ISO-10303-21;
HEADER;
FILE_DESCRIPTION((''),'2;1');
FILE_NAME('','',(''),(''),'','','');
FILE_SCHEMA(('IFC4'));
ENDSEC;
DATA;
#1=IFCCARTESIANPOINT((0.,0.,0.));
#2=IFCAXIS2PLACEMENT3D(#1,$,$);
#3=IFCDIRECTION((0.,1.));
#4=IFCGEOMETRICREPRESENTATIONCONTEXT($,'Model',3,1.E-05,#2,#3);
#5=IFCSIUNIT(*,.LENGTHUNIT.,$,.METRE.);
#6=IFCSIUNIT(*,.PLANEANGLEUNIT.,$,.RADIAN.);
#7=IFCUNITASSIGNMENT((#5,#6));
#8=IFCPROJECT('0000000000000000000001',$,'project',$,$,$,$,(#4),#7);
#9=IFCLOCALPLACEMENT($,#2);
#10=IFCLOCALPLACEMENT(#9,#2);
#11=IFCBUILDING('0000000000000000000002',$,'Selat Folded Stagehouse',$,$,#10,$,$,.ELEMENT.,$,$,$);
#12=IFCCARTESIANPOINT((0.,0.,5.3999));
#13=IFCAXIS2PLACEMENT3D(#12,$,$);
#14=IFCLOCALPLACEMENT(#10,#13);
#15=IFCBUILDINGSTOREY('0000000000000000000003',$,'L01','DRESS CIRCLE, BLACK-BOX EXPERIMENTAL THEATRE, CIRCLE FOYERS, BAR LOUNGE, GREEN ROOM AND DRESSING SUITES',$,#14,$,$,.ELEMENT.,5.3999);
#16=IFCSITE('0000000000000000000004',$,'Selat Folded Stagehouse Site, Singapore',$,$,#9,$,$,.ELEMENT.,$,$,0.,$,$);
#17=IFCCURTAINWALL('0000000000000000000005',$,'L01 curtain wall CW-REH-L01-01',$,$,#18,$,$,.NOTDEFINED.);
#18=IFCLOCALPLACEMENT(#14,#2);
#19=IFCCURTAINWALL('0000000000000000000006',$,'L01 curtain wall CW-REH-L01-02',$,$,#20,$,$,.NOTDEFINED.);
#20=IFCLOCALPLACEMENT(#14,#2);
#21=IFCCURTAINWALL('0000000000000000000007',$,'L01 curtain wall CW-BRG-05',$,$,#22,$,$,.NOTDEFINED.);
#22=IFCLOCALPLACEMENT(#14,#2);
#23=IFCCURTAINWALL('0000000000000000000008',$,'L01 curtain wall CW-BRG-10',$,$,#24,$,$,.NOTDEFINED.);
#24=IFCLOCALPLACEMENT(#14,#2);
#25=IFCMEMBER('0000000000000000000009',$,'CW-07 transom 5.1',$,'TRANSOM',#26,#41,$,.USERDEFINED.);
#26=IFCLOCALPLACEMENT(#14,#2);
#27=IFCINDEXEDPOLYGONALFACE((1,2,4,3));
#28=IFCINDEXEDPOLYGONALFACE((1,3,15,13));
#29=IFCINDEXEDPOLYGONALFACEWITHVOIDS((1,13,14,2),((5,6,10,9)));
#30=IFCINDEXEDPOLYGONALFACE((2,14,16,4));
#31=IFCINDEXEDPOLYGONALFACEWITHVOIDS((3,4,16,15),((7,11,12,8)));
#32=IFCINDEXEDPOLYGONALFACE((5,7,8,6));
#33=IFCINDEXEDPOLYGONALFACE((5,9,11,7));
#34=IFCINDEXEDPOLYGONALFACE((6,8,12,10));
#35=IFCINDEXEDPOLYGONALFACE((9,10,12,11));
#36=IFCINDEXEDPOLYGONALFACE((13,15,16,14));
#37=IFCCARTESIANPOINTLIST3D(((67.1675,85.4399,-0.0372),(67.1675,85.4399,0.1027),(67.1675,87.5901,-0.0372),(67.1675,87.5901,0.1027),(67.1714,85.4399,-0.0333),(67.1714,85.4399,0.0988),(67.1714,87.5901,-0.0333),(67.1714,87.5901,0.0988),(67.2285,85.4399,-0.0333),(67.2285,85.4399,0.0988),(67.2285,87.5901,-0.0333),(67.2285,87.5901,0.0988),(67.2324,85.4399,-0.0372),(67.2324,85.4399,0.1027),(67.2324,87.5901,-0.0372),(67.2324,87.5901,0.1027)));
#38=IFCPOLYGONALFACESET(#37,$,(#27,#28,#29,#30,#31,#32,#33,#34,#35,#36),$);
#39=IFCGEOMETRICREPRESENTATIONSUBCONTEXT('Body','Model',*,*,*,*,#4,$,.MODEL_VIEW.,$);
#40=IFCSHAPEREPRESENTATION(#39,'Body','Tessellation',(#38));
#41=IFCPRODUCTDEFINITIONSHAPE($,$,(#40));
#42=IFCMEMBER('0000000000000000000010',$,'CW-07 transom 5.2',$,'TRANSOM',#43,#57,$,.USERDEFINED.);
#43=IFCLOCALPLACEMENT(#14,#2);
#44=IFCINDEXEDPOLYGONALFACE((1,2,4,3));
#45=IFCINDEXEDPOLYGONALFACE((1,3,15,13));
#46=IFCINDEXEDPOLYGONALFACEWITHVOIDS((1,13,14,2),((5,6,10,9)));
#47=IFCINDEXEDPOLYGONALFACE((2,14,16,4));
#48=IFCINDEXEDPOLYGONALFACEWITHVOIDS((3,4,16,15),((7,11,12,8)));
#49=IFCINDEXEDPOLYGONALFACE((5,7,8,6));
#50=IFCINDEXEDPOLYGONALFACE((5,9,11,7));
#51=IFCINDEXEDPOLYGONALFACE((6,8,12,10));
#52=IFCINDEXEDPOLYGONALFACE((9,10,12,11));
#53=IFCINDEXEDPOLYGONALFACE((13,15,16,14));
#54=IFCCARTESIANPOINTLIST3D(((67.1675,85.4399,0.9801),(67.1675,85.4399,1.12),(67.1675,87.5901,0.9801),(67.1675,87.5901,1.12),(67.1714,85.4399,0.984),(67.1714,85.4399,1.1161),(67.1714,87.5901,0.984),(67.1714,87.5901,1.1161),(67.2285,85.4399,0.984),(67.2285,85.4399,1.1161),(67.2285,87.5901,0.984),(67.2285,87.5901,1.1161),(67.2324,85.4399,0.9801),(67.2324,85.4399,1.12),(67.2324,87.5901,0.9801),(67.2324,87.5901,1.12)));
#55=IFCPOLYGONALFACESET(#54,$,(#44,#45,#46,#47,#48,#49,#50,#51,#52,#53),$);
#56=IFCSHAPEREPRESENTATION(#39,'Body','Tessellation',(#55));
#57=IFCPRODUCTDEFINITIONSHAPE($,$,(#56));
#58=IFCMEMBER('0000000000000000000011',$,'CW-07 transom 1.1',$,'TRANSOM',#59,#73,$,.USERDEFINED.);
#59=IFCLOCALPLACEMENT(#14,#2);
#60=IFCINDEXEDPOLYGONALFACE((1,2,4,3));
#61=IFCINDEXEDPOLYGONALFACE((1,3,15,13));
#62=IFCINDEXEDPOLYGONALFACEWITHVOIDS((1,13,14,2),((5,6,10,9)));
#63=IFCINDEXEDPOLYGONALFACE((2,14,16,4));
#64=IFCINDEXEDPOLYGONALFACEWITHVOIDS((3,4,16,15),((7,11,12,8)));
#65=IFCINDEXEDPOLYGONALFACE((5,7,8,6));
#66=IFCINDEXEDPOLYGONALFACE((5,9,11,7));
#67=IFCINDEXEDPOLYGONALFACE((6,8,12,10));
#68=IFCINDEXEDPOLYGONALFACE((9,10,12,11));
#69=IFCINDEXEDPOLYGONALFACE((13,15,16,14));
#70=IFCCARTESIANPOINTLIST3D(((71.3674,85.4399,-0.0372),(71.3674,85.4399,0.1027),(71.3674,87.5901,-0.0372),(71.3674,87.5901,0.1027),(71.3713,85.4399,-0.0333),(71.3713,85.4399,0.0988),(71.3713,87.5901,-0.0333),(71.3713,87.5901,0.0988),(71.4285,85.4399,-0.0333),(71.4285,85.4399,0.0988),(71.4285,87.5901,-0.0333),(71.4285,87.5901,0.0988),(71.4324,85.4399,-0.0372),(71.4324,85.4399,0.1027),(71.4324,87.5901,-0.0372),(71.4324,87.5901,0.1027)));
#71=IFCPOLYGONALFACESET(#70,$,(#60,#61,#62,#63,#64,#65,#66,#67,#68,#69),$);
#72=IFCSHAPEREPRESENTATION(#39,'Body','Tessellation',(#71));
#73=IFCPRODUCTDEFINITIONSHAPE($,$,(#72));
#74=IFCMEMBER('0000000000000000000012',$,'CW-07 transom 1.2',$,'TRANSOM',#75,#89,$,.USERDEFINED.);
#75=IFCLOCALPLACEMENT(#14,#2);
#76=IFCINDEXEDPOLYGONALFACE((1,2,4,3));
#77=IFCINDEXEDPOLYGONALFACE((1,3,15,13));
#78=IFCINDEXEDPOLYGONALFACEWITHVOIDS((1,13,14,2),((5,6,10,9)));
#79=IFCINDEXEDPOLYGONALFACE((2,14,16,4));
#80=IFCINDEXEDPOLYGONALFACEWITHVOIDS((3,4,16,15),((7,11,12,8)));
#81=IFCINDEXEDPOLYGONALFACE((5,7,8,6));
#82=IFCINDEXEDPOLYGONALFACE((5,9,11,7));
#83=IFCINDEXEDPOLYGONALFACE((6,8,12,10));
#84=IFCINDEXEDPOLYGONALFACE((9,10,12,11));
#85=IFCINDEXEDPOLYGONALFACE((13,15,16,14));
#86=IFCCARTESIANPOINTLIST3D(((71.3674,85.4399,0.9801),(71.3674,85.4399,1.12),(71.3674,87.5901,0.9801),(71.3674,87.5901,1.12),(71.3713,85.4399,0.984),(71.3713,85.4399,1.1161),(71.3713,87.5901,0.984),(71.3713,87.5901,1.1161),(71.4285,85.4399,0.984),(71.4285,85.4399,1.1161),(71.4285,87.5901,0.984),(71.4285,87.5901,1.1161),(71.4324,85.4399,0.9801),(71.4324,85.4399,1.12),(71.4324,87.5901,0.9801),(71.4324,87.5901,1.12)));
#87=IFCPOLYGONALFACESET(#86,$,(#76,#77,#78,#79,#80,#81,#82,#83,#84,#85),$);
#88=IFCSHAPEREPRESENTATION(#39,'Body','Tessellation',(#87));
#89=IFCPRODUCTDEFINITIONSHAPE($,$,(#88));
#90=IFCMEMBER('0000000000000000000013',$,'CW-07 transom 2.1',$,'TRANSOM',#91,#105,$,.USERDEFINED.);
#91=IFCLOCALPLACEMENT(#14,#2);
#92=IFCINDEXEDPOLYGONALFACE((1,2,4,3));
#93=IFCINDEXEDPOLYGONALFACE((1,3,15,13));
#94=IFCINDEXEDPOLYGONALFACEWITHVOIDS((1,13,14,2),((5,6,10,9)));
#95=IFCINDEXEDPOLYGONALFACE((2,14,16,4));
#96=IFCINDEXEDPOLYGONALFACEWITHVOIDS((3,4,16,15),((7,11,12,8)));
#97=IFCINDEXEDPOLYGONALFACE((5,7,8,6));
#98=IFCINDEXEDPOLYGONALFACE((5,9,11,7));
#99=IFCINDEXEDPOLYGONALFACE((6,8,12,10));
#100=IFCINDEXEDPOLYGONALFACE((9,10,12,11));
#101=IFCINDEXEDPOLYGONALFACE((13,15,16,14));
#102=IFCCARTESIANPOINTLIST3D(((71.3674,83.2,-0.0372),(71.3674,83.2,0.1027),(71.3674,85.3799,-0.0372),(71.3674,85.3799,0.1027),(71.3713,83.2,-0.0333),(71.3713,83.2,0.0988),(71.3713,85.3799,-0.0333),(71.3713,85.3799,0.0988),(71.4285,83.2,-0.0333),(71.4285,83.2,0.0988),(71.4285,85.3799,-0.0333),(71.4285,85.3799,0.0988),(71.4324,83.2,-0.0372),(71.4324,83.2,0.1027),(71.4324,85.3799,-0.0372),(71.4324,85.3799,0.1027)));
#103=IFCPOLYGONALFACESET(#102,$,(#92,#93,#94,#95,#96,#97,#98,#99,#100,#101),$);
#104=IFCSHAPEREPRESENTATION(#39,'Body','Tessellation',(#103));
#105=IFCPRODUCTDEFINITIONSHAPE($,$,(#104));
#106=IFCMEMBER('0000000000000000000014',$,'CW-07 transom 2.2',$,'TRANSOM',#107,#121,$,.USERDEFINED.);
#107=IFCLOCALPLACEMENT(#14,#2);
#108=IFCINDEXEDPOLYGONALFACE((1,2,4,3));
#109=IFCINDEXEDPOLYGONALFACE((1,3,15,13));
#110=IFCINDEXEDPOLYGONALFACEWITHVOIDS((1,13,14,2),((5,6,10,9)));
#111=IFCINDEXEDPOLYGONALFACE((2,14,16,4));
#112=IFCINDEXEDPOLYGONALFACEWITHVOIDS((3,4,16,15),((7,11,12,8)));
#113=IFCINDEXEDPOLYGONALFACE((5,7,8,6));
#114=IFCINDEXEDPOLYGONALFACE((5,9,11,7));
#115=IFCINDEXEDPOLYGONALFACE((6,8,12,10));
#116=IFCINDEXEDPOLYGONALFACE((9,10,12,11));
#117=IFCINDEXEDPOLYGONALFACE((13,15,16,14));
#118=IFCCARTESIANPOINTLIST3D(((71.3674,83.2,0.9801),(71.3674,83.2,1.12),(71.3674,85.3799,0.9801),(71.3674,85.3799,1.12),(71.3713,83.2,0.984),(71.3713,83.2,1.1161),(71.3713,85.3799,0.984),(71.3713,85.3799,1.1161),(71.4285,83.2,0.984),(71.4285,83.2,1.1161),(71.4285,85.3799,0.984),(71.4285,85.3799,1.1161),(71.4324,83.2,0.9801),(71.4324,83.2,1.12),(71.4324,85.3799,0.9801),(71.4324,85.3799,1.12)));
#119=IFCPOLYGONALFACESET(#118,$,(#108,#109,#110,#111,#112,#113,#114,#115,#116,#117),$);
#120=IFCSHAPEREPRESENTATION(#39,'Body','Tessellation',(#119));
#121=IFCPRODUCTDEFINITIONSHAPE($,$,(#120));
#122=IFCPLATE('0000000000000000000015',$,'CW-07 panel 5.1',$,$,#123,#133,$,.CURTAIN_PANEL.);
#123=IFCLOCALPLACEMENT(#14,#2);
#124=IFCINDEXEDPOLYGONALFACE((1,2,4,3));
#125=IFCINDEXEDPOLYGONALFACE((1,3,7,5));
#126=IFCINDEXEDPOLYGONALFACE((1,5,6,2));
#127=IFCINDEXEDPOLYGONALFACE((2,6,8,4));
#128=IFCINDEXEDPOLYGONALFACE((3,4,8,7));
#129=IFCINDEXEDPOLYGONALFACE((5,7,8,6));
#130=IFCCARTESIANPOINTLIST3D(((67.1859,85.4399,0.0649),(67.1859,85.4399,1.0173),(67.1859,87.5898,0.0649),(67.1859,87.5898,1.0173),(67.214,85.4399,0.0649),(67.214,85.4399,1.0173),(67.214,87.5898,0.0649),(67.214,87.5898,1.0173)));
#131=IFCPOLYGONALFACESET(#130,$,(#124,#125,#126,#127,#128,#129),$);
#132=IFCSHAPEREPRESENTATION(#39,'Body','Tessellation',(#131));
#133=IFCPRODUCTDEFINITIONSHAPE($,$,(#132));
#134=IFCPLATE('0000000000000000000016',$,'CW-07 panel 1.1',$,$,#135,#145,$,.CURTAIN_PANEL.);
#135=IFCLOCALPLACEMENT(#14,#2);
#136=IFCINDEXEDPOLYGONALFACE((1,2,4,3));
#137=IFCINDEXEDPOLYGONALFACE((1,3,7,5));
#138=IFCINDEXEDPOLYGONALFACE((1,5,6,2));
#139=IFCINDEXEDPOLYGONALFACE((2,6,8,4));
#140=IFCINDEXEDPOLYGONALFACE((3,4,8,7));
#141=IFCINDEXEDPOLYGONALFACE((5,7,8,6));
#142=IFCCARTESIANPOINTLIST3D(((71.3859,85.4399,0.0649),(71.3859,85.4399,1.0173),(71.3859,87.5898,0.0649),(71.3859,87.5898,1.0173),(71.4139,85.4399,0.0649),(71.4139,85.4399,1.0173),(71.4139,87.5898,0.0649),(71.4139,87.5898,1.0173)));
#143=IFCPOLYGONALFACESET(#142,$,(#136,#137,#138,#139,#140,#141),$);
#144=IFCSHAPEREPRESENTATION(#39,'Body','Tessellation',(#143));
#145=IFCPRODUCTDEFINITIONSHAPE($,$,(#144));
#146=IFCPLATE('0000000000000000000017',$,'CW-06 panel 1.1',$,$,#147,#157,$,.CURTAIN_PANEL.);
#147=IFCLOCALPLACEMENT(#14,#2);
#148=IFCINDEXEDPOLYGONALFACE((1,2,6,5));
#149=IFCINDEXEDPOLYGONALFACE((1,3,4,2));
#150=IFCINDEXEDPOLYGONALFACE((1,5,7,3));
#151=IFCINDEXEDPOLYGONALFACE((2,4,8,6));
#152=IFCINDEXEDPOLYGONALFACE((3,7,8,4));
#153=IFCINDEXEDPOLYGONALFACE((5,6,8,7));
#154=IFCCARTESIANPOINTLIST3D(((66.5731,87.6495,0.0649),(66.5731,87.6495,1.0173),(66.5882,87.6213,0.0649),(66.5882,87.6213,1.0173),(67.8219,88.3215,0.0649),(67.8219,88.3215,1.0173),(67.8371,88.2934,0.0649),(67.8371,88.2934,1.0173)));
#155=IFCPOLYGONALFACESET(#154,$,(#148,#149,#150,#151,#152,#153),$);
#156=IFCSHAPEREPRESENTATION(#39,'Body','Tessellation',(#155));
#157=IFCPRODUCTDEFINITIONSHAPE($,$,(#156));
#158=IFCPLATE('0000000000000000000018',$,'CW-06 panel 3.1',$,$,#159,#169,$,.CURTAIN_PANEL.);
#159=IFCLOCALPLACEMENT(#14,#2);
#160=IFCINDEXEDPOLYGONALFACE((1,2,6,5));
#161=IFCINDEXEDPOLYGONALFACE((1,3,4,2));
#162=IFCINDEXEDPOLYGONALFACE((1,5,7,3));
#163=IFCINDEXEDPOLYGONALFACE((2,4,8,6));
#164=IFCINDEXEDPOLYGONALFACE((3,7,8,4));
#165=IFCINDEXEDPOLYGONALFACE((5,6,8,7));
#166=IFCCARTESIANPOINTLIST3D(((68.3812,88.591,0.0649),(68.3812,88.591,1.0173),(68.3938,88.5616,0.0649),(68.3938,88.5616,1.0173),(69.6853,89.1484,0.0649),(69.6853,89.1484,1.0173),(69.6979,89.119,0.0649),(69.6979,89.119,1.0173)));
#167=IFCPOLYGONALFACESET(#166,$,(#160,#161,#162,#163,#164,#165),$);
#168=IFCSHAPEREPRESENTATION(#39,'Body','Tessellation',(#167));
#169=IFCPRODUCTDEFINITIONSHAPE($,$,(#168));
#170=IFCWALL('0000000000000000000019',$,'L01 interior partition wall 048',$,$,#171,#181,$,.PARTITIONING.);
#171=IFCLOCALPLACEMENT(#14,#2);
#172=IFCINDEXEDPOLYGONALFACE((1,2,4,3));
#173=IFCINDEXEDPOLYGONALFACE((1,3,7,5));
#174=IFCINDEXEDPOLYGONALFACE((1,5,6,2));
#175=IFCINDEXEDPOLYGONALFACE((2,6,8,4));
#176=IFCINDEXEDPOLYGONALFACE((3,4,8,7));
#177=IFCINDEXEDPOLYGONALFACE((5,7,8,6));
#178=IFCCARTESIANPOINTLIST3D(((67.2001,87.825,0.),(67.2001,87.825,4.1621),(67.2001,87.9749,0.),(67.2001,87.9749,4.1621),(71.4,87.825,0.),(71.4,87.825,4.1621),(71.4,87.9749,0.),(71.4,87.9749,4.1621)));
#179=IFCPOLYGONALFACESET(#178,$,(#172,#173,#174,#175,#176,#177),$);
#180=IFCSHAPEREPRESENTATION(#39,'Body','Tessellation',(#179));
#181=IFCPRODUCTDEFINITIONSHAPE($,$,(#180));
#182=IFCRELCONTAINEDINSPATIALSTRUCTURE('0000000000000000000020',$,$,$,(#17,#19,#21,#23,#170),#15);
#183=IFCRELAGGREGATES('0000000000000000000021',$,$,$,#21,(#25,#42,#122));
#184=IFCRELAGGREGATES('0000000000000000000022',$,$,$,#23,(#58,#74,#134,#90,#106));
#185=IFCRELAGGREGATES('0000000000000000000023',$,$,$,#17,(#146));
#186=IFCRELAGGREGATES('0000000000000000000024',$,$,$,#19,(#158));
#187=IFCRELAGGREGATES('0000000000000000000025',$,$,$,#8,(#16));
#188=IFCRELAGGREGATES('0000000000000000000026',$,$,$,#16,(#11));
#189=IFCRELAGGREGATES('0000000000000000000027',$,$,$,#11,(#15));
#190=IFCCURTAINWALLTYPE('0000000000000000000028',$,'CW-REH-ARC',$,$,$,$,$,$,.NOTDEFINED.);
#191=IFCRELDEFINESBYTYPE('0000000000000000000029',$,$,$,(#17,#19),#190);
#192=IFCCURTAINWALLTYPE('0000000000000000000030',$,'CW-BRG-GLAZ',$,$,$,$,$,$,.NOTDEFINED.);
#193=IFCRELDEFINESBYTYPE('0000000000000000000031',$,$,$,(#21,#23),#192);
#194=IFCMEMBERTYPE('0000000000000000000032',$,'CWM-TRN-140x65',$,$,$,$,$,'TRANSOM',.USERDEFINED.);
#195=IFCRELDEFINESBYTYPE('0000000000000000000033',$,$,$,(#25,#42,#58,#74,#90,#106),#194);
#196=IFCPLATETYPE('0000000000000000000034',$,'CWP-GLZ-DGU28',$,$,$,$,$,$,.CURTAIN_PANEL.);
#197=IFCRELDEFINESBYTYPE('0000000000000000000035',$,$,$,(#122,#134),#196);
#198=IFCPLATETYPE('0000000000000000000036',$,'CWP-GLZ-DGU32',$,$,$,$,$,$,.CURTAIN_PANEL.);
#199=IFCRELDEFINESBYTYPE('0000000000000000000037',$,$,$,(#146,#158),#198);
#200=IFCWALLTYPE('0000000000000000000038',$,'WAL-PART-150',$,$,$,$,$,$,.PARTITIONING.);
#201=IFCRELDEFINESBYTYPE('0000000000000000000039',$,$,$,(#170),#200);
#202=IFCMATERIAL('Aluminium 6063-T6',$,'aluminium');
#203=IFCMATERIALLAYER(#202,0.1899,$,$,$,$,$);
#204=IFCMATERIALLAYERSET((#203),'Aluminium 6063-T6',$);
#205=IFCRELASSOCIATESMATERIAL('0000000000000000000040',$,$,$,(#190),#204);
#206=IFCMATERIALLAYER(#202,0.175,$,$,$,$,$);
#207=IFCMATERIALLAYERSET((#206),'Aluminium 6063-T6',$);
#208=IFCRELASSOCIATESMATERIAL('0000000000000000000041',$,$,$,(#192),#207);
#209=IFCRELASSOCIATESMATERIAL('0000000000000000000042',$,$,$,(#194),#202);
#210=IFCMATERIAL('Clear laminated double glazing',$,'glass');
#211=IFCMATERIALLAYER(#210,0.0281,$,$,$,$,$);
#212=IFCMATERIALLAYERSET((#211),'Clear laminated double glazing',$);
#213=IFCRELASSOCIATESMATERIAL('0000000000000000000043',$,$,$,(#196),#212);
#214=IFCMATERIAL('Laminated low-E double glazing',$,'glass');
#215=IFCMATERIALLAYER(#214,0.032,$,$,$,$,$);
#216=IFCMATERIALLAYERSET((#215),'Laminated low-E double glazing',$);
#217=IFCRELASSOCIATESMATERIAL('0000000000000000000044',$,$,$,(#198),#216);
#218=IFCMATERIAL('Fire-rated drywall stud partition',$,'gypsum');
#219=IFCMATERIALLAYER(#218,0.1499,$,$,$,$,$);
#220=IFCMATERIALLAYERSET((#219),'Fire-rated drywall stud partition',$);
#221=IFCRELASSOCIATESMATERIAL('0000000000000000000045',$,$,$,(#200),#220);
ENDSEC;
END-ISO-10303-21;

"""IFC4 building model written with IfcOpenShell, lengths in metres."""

from ifc_helpers import new_model, si_unit, direction, frame, frame_2d, origin, origin_2d, place, context, subcontext, project, spatial, rectangle, hollow_rectangle, extrude, material, layer, layer_set, material_profile, profile_set, type_object, element, aggregate, save


model = new_model("IFC4")

# Units and contexts
model_context = context("Model", 3, precision=1e-05, world=origin(), true_north=direction((0.0, 1.0)))
body_context = subcontext(model_context, "Body", "Model", "MODEL_VIEW")
ifc_project = project(units=[si_unit("LENGTHUNIT", "METRE"), si_unit("PLANEANGLEUNIT", "RADIAN")], contexts=[model_context])

# Site, building, storey
site_placement = place(None, origin())
site = spatial("IfcSite", under=ifc_project, at=site_placement, Name="Selat Folded Stagehouse Site, Singapore", CompositionType="ELEMENT", RefElevation=0.0)
building_placement = place(site_placement, origin())
building = spatial("IfcBuilding", under=site, at=building_placement, Name="Selat Folded Stagehouse", CompositionType="ELEMENT")
storey_placement = place(building_placement, frame((0.0, 0.0, 5.3999)))
storey = spatial("IfcBuildingStorey", under=building, at=storey_placement, Name="L01", Description="DRESS CIRCLE, BLACK-BOX EXPERIMENTAL THEATRE, CIRCLE FOYERS, BAR LOUNGE, GREEN ROOM AND DRESSING SUITES", CompositionType="ELEMENT", Elevation=5.3999)

# Curtain walls
ifc_material_1 = material(Name="Aluminium 6063-T6", Category="aluminium")
ifc_layer_1 = layer(ifc_material_1, 0.1899)
ifc_layer_set_1 = layer_set([ifc_layer_1], Name="Aluminium 6063-T6")
curtain_wall_type_1 = type_object("IfcCurtainWallType", Name="CW-REH-ARC", PredefinedType="NOTDEFINED", material=ifc_layer_set_1)
curtain_wall_1_placement = place(storey_placement, origin())
curtain_wall_1 = element("IfcCurtainWall", 1, at=curtain_wall_1_placement, inside=storey, type_object=curtain_wall_type_1, Name="L01 curtain wall CW-REH-L01-01", PredefinedType="NOTDEFINED")
curtain_wall_2_placement = place(storey_placement, origin())
curtain_wall_2 = element("IfcCurtainWall", 2, at=curtain_wall_2_placement, inside=storey, type_object=curtain_wall_type_1, Name="L01 curtain wall CW-REH-L01-02", PredefinedType="NOTDEFINED")

# Curtain walls
ifc_layer_2 = layer(ifc_material_1, 0.175)
ifc_layer_set_2 = layer_set([ifc_layer_2], Name="Aluminium 6063-T6")
curtain_wall_type_2 = type_object("IfcCurtainWallType", Name="CW-BRG-GLAZ", PredefinedType="NOTDEFINED", material=ifc_layer_set_2)
curtain_wall_3_placement = place(storey_placement, origin())
curtain_wall_3 = element("IfcCurtainWall", 3, at=curtain_wall_3_placement, inside=storey, type_object=curtain_wall_type_2, Name="L01 curtain wall CW-BRG-05", PredefinedType="NOTDEFINED")
curtain_wall_4_placement = place(storey_placement, origin())
curtain_wall_4 = element("IfcCurtainWall", 4, at=curtain_wall_4_placement, inside=storey, type_object=curtain_wall_type_2, Name="L01 curtain wall CW-BRG-10", PredefinedType="NOTDEFINED")

# Members
ifc_material_profile_1 = material_profile(ifc_material_1, hollow_rectangle(XDim=0.0649, YDim=0.1399, WallThickness=0.0039, at=origin_2d()), Name="ALU 140x65x4.0")
ifc_profile_set_1 = profile_set([ifc_material_profile_1], Name="Aluminium 6063-T6")
member_type_1 = type_object("IfcMemberType", Name="CWM-TRN-140x65", ElementType="TRANSOM", PredefinedType="USERDEFINED", material=ifc_profile_set_1)
member_1_placement = place(storey_placement, frame((67.2, 85.4399, 0.0327), z_axis=(0.0, 1.0, 0.0), x_axis=(-1.0, 0.0, 0.0)))
member_1 = element("IfcMember", 5, at=member_1_placement, type_object=member_type_1, Name="CW-07 transom 5.1", ObjectType="TRANSOM", PredefinedType="USERDEFINED", context=body_context, shape_type="SweptSolid", body=[
    extrude(hollow_rectangle(XDim=0.0649, YDim=0.1399, WallThickness=0.0039, at=origin_2d()), origin(), (0.0, 0.0, 1.0), 2.1501),
])
member_2_placement = place(storey_placement, frame((67.2, 85.4399, 1.05), z_axis=(0.0, 1.0, 0.0), x_axis=(-1.0, 0.0, 0.0)))
member_2 = element("IfcMember", 6, at=member_2_placement, type_object=member_type_1, Name="CW-07 transom 5.2", ObjectType="TRANSOM", PredefinedType="USERDEFINED", context=body_context, shape_type="SweptSolid", body=[
    extrude(hollow_rectangle(XDim=0.0649, YDim=0.1399, WallThickness=0.0039, at=origin_2d()), origin(), (0.0, 0.0, 1.0), 2.1501),
])
member_3_placement = place(storey_placement, frame((71.3999, 87.5901, 0.0327), z_axis=(0.0, -1.0, 0.0), x_axis=(1.0, 0.0, 0.0)))
member_3 = element("IfcMember", 7, at=member_3_placement, type_object=member_type_1, Name="CW-07 transom 1.1", ObjectType="TRANSOM", PredefinedType="USERDEFINED", context=body_context, shape_type="SweptSolid", body=[
    extrude(hollow_rectangle(XDim=0.0649, YDim=0.1399, WallThickness=0.0039, at=origin_2d()), origin(), (0.0, 0.0, 1.0), 2.1501),
])
member_4_placement = place(storey_placement, frame((71.3999, 87.5901, 1.05), z_axis=(0.0, -1.0, 0.0), x_axis=(1.0, 0.0, 0.0)))
member_4 = element("IfcMember", 8, at=member_4_placement, type_object=member_type_1, Name="CW-07 transom 1.2", ObjectType="TRANSOM", PredefinedType="USERDEFINED", context=body_context, shape_type="SweptSolid", body=[
    extrude(hollow_rectangle(XDim=0.0649, YDim=0.1399, WallThickness=0.0039, at=origin_2d()), origin(), (0.0, 0.0, 1.0), 2.1501),
])
member_5_placement = place(storey_placement, frame((71.3999, 85.3799, 0.0327), z_axis=(0.0, -1.0, 0.0), x_axis=(1.0, 0.0, 0.0)))
member_5 = element("IfcMember", 9, at=member_5_placement, type_object=member_type_1, Name="CW-07 transom 2.1", ObjectType="TRANSOM", PredefinedType="USERDEFINED", context=body_context, shape_type="SweptSolid", body=[
    extrude(hollow_rectangle(XDim=0.0649, YDim=0.1399, WallThickness=0.0039, at=origin_2d()), origin(), (0.0, 0.0, 1.0), 2.1799),
])
member_6_placement = place(storey_placement, frame((71.3999, 85.3799, 1.05), z_axis=(0.0, -1.0, 0.0), x_axis=(1.0, 0.0, 0.0)))
member_6 = element("IfcMember", 10, at=member_6_placement, type_object=member_type_1, Name="CW-07 transom 2.2", ObjectType="TRANSOM", PredefinedType="USERDEFINED", context=body_context, shape_type="SweptSolid", body=[
    extrude(hollow_rectangle(XDim=0.0649, YDim=0.1399, WallThickness=0.0039, at=origin_2d()), origin(), (0.0, 0.0, 1.0), 2.1799),
])

# Plates
ifc_material_2 = material(Name="Clear laminated double glazing", Category="glass")
ifc_layer_3 = layer(ifc_material_2, 0.0281)
ifc_layer_set_3 = layer_set([ifc_layer_3], Name="Clear laminated double glazing")
plate_type_1 = type_object("IfcPlateType", Name="CWP-GLZ-DGU28", PredefinedType="CURTAIN_PANEL", material=ifc_layer_set_3)
plate_1_placement = place(storey_placement, frame((67.2, 86.5149, 0.0649), z_axis=(0.0, 0.0, 1.0), x_axis=(0.0, 1.0, 0.0)))
plate_1 = element("IfcPlate", 11, at=plate_1_placement, type_object=plate_type_1, Name="CW-07 panel 5.1", PredefinedType="CURTAIN_PANEL", context=body_context, shape_type="SweptSolid", body=[
    extrude(rectangle(XDim=2.1499, YDim=0.0281, at=origin_2d()), origin(), (0.0, 0.0, 1.0), 0.9524),
])
aggregate(curtain_wall_3, [member_1, member_2, plate_1])
plate_2_placement = place(storey_placement, frame((71.3999, 86.5149, 0.0649), z_axis=(0.0, 0.0, 1.0), x_axis=(0.0, -1.0, 0.0)))
plate_2 = element("IfcPlate", 12, at=plate_2_placement, type_object=plate_type_1, Name="CW-07 panel 1.1", PredefinedType="CURTAIN_PANEL", context=body_context, shape_type="SweptSolid", body=[
    extrude(rectangle(XDim=2.1499, YDim=0.0281, at=origin_2d()), origin(), (0.0, 0.0, 1.0), 0.9524),
])
aggregate(curtain_wall_4, [member_3, member_4, plate_2, member_5, member_6])
ifc_material_3 = material(Name="Laminated low-E double glazing", Category="glass")
ifc_layer_4 = layer(ifc_material_3, 0.032)
ifc_layer_set_4 = layer_set([ifc_layer_4], Name="Laminated low-E double glazing")
plate_type_2 = type_object("IfcPlateType", Name="CWP-GLZ-DGU32", PredefinedType="CURTAIN_PANEL", material=ifc_layer_set_4)
plate_3_placement = place(storey_placement, frame((67.2051, 87.9714, 0.0649), z_axis=(0.0, 0.0, 1.0), x_axis=(-0.880601, -0.473859, 0.0)))
plate_3 = element("IfcPlate", 13, at=plate_3_placement, type_object=plate_type_2, Name="CW-06 panel 1.1", PredefinedType="CURTAIN_PANEL", context=body_context, shape_type="SweptSolid", body=[
    extrude(rectangle(XDim=1.4182, YDim=0.032, at=origin_2d()), origin(), (0.0, 0.0, 1.0), 0.9524),
])
aggregate(curtain_wall_1, [plate_3])
plate_4_placement = place(storey_placement, frame((69.0396, 88.855, 0.0649), z_axis=(0.0, 0.0, 1.0), x_axis=(-0.919533, -0.393012, 0.0)))
plate_4 = element("IfcPlate", 14, at=plate_4_placement, type_object=plate_type_2, Name="CW-06 panel 3.1", PredefinedType="CURTAIN_PANEL", context=body_context, shape_type="SweptSolid", body=[
    extrude(rectangle(XDim=1.4182, YDim=0.032, at=origin_2d()), origin(), (0.0, 0.0, 1.0), 0.9524),
])
aggregate(curtain_wall_2, [plate_4])

# Wall
ifc_material_4 = material(Name="Fire-rated drywall stud partition", Category="gypsum")
ifc_layer_5 = layer(ifc_material_4, 0.1499)
ifc_layer_set_5 = layer_set([ifc_layer_5], Name="Fire-rated drywall stud partition")
wall_type = type_object("IfcWallType", Name="WAL-PART-150", PredefinedType="PARTITIONING", material=ifc_layer_set_5)
wall_placement = place(storey_placement, frame((67.2, 87.8999, 0.0), z_axis=(0.0, 0.0, 1.0), x_axis=(1.0, 0.0, 0.0)))
element("IfcWall", 15, at=wall_placement, inside=storey, type_object=wall_type, Name="L01 interior partition wall 048", PredefinedType="PARTITIONING", context=body_context, shape_type="SweptSolid", body=[
    extrude(rectangle(XDim=4.2, YDim=0.1499, at=frame_2d((2.1001, 0.0))), origin(), (0.0, 0.0, 1.0), 4.1621),
])

save(model, "model.ifc")
